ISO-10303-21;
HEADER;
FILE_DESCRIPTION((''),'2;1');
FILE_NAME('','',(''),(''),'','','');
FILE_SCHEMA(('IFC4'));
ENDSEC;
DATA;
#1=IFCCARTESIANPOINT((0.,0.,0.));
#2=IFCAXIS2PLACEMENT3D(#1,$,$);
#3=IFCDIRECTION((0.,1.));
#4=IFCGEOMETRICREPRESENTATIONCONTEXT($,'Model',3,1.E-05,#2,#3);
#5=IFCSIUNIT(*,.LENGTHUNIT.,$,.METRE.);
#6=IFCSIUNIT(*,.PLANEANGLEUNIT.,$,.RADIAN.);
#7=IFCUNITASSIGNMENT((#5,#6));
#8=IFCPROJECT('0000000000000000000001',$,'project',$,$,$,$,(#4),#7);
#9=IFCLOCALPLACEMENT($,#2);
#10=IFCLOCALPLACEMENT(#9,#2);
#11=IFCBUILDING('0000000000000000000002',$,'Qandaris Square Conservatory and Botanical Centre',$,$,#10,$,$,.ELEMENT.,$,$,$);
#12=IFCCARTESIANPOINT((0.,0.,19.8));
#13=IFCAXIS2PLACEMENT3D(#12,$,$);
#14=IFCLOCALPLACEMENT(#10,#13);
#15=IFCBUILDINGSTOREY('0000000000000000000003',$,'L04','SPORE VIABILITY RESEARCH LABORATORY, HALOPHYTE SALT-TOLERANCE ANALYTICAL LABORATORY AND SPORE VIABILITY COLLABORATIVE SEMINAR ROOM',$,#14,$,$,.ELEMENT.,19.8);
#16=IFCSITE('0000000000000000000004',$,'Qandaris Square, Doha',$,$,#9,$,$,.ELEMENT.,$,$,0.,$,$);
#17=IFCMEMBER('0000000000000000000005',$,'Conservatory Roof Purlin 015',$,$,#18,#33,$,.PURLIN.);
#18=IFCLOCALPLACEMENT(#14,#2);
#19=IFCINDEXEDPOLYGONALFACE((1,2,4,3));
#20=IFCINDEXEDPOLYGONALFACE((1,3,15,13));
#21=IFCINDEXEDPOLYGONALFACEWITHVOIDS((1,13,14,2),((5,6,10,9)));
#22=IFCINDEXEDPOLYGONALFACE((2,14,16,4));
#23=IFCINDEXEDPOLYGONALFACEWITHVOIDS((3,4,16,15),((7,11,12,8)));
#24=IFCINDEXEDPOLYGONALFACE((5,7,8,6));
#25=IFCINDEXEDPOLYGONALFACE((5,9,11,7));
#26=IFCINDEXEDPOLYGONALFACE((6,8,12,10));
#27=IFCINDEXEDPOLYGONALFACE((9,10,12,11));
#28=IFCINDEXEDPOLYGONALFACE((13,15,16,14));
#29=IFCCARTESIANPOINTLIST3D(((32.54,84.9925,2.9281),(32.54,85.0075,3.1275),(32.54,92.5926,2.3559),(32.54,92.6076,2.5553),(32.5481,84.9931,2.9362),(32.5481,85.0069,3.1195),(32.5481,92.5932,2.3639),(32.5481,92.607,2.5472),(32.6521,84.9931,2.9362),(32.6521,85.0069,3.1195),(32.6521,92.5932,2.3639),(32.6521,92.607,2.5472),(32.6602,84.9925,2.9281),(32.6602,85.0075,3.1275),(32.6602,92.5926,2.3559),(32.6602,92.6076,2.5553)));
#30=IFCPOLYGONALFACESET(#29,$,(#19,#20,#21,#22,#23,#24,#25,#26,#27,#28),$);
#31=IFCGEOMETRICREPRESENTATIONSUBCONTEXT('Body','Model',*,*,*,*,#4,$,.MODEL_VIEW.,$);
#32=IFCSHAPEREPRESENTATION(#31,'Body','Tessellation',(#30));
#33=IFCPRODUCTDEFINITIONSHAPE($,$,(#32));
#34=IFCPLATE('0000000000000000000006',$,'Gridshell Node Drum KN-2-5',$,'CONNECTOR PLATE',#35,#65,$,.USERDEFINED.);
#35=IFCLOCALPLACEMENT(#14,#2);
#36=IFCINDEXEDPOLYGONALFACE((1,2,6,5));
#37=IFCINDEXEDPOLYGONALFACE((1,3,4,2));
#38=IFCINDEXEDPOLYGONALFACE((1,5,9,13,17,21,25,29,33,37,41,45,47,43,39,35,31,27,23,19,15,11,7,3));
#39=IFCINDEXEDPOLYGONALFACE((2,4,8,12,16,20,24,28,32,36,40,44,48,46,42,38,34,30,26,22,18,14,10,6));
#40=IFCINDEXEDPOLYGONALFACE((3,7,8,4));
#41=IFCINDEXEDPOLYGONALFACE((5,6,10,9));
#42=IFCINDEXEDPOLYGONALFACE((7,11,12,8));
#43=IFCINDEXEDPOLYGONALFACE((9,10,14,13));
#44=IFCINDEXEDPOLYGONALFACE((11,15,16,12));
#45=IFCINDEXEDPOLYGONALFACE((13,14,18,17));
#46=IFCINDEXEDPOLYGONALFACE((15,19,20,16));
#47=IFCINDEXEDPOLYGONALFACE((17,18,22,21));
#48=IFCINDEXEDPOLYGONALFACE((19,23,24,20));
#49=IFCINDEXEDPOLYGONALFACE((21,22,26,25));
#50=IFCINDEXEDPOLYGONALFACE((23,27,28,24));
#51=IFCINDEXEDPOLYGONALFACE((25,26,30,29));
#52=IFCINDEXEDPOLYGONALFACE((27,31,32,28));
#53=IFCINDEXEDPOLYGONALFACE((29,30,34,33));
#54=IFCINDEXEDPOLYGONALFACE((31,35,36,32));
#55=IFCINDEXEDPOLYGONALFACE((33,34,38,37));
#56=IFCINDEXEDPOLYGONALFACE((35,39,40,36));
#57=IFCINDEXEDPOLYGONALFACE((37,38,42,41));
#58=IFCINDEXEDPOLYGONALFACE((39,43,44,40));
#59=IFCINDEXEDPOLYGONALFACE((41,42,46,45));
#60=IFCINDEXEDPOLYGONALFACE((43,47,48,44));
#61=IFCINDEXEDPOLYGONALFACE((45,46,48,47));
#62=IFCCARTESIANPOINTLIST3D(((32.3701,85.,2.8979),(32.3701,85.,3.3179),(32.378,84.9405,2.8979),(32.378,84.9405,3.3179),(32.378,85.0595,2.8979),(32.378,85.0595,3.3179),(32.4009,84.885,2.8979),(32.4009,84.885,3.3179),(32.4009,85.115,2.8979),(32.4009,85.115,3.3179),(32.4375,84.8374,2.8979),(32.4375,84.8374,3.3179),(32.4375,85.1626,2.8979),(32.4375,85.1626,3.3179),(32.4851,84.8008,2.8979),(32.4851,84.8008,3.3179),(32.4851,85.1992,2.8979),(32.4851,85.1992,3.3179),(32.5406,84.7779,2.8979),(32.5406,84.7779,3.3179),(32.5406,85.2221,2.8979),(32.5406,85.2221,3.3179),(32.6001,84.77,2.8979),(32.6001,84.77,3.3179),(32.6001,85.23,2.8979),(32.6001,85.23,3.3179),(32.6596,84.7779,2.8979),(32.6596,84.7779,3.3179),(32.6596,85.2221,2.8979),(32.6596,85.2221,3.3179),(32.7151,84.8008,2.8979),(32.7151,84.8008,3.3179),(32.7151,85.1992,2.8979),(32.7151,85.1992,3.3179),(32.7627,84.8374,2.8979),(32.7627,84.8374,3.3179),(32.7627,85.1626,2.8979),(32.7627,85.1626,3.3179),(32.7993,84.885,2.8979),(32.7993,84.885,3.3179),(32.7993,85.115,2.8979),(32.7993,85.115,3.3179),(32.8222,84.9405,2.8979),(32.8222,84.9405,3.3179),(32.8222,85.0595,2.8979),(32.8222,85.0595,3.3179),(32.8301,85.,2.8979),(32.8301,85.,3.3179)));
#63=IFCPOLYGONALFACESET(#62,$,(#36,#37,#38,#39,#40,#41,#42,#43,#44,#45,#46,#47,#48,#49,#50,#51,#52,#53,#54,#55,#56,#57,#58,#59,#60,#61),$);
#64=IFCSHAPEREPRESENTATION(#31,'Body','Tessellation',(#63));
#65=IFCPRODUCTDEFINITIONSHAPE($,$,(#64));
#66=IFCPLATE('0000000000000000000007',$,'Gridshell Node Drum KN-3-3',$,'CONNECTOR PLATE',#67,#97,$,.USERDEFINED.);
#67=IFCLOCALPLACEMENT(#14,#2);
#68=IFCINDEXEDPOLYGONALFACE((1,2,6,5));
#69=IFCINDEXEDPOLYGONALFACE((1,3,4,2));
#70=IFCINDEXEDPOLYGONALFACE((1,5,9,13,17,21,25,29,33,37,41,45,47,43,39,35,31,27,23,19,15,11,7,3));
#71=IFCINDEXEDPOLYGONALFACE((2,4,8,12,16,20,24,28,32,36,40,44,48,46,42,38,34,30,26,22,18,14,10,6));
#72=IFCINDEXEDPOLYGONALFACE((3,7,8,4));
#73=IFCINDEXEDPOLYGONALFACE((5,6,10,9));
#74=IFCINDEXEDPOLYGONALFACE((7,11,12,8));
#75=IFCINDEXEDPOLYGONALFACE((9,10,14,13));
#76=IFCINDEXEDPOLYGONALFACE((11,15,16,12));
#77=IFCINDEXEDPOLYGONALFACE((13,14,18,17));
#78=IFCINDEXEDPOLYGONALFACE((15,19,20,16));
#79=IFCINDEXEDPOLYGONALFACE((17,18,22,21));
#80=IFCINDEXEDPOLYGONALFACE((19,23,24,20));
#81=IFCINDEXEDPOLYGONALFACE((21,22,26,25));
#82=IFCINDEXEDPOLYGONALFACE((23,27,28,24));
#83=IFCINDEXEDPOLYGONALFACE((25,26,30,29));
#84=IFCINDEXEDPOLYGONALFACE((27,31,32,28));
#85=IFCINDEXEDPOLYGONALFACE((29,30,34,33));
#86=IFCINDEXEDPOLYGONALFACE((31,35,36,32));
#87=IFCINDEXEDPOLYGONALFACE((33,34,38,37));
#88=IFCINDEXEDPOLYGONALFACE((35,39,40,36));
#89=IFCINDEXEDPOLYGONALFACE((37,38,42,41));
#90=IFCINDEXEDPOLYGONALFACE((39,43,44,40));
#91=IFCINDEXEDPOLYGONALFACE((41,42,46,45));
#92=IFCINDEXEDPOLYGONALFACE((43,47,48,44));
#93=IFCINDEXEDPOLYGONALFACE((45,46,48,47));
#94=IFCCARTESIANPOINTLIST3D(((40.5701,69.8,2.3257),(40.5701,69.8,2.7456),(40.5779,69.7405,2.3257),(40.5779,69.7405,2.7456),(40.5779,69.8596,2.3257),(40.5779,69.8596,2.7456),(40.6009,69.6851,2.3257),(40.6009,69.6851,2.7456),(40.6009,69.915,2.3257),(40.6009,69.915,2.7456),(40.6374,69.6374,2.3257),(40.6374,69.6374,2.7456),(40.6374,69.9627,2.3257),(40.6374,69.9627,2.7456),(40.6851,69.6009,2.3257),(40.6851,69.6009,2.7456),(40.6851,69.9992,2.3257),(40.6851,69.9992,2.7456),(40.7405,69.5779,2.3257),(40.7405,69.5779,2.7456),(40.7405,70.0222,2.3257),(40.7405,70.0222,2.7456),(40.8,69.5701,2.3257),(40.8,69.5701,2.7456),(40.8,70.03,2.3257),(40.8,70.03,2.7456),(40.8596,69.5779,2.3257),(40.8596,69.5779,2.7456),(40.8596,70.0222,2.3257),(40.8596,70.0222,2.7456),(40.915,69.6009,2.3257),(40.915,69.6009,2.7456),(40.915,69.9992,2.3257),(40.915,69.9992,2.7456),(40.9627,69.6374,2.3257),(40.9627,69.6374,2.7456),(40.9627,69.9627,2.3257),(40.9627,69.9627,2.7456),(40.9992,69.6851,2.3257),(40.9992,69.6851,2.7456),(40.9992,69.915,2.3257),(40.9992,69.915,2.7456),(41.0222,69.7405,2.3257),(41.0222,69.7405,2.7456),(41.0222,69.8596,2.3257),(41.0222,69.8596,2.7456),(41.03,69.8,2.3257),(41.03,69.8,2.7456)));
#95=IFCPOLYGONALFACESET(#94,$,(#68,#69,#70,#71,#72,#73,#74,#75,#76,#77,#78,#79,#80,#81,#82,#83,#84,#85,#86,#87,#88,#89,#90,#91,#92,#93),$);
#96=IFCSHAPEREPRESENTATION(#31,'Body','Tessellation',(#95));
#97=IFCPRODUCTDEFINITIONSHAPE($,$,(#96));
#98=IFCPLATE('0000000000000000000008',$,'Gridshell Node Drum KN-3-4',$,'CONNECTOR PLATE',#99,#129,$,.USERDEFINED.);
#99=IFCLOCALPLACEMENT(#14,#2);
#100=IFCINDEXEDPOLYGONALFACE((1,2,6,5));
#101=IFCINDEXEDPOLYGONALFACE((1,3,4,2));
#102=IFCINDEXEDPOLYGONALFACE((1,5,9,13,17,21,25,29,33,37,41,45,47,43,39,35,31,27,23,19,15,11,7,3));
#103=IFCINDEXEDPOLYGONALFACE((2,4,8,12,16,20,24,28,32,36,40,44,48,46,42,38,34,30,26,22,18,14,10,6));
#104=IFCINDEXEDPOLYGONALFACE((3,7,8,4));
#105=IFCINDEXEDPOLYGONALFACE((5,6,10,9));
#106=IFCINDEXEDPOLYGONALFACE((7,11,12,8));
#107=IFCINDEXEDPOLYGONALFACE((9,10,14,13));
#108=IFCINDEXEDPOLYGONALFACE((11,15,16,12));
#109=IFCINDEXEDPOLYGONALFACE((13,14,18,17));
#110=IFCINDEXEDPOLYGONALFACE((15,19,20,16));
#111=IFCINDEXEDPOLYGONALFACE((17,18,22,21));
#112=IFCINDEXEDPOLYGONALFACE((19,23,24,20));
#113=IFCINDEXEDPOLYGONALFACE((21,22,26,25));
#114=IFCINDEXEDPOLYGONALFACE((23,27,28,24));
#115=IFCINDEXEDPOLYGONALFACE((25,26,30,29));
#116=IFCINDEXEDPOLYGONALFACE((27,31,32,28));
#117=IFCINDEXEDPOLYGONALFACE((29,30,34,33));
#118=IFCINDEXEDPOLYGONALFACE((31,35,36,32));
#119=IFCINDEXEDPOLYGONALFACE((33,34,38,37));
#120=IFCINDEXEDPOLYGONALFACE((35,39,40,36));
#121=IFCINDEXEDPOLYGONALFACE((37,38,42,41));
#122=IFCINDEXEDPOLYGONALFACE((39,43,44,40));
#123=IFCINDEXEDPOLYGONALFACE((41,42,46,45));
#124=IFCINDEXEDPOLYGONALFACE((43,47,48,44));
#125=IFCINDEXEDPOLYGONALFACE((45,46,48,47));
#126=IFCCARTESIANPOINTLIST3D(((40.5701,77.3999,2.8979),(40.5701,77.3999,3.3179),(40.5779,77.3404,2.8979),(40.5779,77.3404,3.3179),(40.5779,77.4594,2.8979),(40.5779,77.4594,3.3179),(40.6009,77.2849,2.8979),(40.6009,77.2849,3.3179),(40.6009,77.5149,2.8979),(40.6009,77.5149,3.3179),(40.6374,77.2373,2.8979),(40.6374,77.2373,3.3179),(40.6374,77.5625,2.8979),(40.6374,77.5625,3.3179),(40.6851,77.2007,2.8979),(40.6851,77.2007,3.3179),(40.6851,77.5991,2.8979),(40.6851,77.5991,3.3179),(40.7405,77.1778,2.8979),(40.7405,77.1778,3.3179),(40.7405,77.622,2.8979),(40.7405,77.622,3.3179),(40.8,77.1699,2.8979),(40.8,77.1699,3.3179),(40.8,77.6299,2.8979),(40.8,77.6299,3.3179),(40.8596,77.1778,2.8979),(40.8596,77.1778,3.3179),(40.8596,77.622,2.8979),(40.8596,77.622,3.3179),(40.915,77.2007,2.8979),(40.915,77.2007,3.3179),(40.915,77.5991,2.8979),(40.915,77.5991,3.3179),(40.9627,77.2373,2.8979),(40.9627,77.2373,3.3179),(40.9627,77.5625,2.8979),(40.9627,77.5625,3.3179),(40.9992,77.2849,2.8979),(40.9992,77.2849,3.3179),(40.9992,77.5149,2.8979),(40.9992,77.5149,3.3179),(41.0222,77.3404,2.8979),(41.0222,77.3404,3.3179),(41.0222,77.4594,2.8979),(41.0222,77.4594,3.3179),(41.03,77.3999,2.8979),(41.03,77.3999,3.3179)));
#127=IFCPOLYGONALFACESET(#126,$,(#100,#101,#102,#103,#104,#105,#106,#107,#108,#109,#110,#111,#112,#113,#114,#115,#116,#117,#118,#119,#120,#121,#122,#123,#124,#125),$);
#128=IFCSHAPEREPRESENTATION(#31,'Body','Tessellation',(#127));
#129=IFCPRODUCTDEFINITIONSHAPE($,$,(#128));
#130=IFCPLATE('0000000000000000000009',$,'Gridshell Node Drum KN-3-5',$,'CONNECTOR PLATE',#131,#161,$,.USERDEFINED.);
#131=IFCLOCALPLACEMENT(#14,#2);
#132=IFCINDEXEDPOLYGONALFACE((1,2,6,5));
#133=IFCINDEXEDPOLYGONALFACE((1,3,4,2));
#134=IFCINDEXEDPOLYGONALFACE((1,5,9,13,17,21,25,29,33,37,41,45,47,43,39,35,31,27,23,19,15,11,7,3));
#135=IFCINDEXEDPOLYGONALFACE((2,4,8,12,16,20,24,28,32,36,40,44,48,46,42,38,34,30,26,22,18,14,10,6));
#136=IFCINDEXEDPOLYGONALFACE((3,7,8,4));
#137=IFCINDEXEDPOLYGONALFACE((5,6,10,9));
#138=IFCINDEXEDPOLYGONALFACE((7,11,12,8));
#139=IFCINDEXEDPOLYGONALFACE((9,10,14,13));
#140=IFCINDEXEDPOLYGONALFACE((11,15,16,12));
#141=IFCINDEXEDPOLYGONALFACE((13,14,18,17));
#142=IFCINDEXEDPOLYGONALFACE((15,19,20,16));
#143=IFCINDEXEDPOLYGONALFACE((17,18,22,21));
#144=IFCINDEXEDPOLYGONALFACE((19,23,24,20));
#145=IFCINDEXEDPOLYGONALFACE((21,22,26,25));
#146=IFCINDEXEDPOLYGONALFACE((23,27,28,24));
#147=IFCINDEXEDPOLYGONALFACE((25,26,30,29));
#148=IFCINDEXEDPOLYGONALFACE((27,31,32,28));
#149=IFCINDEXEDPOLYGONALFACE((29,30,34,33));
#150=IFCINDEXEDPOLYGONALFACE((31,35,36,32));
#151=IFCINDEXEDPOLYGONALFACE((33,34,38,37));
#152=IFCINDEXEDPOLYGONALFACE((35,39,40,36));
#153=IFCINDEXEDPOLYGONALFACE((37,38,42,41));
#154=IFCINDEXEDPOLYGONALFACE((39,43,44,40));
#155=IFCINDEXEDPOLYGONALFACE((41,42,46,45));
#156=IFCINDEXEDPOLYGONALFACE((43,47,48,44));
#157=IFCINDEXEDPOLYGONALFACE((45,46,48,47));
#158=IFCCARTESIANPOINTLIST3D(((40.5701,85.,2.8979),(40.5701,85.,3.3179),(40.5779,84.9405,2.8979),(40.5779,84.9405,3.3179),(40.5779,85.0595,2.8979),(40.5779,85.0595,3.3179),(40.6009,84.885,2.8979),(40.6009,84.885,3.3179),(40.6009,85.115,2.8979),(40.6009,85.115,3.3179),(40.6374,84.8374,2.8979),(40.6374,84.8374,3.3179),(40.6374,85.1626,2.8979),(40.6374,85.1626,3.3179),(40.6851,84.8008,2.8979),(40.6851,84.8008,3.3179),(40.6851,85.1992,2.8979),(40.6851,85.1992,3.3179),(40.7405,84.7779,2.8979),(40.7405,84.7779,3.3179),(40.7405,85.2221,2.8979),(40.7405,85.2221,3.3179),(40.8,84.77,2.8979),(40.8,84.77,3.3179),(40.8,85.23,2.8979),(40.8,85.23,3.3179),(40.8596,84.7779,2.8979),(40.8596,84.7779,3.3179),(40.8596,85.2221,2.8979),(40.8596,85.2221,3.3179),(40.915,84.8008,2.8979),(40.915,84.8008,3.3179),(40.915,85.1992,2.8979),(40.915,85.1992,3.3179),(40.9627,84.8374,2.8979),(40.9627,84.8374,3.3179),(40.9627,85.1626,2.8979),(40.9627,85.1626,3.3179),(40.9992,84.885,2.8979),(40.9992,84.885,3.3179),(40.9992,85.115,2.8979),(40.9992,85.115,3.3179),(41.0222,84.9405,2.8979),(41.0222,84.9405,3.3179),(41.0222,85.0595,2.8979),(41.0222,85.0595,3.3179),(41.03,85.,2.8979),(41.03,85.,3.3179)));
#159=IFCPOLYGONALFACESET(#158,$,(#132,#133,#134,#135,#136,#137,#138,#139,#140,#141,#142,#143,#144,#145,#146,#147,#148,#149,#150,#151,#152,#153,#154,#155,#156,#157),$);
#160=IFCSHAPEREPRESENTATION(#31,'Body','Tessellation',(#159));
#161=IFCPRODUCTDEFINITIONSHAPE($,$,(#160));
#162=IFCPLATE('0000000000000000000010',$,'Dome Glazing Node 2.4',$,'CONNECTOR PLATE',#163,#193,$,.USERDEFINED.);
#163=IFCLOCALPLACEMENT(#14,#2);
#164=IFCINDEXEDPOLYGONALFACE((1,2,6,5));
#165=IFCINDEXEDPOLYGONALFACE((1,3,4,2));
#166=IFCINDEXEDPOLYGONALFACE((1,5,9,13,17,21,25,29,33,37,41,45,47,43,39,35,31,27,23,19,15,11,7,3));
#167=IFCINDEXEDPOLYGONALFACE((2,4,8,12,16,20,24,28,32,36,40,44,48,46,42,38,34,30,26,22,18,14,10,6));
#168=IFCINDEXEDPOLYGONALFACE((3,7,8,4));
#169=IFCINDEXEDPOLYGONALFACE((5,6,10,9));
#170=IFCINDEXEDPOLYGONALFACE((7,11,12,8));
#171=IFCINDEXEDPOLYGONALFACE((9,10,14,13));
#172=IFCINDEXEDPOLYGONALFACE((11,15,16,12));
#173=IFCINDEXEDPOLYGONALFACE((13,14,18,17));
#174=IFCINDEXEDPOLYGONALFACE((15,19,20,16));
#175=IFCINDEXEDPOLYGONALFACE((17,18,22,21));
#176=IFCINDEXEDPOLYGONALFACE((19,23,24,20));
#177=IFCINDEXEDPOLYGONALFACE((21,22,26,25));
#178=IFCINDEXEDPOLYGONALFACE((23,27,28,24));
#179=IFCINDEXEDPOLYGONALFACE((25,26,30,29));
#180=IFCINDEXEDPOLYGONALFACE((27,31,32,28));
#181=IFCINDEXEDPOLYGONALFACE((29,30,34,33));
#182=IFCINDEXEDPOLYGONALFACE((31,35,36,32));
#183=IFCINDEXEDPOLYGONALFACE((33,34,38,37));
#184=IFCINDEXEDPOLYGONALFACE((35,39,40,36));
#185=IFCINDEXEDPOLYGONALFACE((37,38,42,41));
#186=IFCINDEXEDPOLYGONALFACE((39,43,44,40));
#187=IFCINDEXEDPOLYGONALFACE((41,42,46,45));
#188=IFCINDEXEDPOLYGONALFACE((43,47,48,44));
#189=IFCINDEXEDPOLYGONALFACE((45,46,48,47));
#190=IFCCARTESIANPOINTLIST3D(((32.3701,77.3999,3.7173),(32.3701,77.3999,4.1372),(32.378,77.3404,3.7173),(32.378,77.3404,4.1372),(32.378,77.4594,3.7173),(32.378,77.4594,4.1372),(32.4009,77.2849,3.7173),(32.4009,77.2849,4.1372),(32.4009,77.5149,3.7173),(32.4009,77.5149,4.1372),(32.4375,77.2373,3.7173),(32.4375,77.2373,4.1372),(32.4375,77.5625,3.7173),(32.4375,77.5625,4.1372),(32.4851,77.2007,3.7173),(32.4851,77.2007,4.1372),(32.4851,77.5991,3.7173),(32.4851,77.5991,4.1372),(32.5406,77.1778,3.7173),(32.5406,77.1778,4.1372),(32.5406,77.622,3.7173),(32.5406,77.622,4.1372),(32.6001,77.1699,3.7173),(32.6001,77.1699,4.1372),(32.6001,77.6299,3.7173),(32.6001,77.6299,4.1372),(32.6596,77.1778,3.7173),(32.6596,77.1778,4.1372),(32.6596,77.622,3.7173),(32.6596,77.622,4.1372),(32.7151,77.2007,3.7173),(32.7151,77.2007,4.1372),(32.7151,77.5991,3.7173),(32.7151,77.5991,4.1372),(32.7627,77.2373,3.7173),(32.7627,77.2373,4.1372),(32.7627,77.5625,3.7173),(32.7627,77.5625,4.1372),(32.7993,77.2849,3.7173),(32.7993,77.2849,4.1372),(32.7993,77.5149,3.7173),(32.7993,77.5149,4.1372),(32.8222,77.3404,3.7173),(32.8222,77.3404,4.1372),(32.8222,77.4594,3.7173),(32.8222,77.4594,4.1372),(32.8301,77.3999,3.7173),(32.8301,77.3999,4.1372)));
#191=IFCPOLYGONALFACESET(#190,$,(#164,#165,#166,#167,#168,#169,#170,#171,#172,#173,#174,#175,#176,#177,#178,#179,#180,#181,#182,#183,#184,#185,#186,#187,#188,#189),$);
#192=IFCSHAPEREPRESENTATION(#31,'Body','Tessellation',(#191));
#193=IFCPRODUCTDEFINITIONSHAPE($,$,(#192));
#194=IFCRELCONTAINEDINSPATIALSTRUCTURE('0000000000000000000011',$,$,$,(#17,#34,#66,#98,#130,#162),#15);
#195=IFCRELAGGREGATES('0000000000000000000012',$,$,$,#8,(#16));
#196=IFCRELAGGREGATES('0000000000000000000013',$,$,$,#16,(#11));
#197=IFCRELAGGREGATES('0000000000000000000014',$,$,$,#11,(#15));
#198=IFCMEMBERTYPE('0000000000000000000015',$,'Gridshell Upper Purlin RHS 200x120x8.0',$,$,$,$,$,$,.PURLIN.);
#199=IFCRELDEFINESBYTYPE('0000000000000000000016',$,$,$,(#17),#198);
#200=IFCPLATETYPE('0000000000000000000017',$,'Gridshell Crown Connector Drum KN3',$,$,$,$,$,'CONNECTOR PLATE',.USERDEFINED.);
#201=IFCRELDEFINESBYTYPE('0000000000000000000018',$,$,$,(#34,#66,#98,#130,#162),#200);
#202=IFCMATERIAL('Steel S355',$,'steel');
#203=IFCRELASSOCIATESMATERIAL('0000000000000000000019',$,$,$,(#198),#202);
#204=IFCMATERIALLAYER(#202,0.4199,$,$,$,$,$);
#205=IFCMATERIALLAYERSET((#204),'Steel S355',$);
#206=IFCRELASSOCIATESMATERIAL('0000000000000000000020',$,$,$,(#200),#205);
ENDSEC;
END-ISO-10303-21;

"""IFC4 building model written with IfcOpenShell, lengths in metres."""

from ifc_helpers import new_model, si_unit, direction, frame, origin, origin_2d, place, context, subcontext, project, spatial, hollow_rectangle, circle, extrude, material, layer, layer_set, material_profile, profile_set, type_object, element, save


model = new_model("IFC4")

# Units and contexts
model_context = context("Model", 3, precision=1e-05, world=origin(), true_north=direction((0.0, 1.0)))
body_context = subcontext(model_context, "Body", "Model", "MODEL_VIEW")
ifc_project = project(units=[si_unit("LENGTHUNIT", "METRE"), si_unit("PLANEANGLEUNIT", "RADIAN")], contexts=[model_context])

# Site, building, storey
site_placement = place(None, origin())
site = spatial("IfcSite", under=ifc_project, at=site_placement, Name="Qandaris Square, Doha", CompositionType="ELEMENT", RefElevation=0.0)
building_placement = place(site_placement, origin())
building = spatial("IfcBuilding", under=site, at=building_placement, Name="Qandaris Square Conservatory and Botanical Centre", CompositionType="ELEMENT")
storey_placement = place(building_placement, frame((0.0, 0.0, 19.8)))
storey = spatial("IfcBuildingStorey", under=building, at=storey_placement, Name="L04", Description="SPORE VIABILITY RESEARCH LABORATORY, HALOPHYTE SALT-TOLERANCE ANALYTICAL LABORATORY AND SPORE VIABILITY COLLABORATIVE SEMINAR ROOM", CompositionType="ELEMENT", Elevation=19.8)

# Member
ifc_material = material(Name="Steel S355", Category="steel")
ifc_material_profile_1 = material_profile(ifc_material, hollow_rectangle(XDim=0.1201, YDim=0.2, WallThickness=0.0081, at=origin_2d()), Name="RHS 200x120x8.0")
ifc_profile_set_1 = profile_set([ifc_material_profile_1], Name="Steel S355")
member_type_1 = type_object("IfcMemberType", Name="Gridshell Upper Purlin RHS 200x120x8.0", PredefinedType="PURLIN", material=ifc_profile_set_1)
member_1_placement = place(storey_placement, frame((32.6001, 85.0, 3.0278), z_axis=(0.0, 0.997177, -0.075085), x_axis=(-1.0, 0.0, 0.0)))
element("IfcMember", 1, at=member_1_placement, inside=storey, type_object=member_type_1, Name="Conservatory Roof Purlin 015", PredefinedType="PURLIN", context=body_context, shape_type="SweptSolid", body=[
    extrude(hollow_rectangle(XDim=0.1201, YDim=0.2, WallThickness=0.0081, at=origin_2d()), origin(), (0.0, 0.0, 1.0), 7.6216),
])

# Plates
ifc_layer_1 = layer(ifc_material, 0.4199)
ifc_layer_set_1 = layer_set([ifc_layer_1], Name="Steel S355")
plate_type = type_object("IfcPlateType", Name="Gridshell Crown Connector Drum KN3", ElementType="CONNECTOR PLATE", PredefinedType="USERDEFINED", material=ifc_layer_set_1)
for number, where, z_axis, x_axis, name in (
    (2, (32.6001, 85.0, 2.8979), (0.0, 0.0, 1.0), (1.0, 0.0, 0.0), "Gridshell Node Drum KN-2-5"),
    (3, (40.8, 69.8, 2.3257), (0.0, 0.0, 1.0), (1.0, 0.0, 0.0), "Gridshell Node Drum KN-3-3"),
    (4, (40.8, 77.3999, 2.8979), (0.0, 0.0, 1.0), (1.0, 0.0, 0.0), "Gridshell Node Drum KN-3-4"),
    (5, (40.8, 85.0, 2.8979), (0.0, 0.0, 1.0), (1.0, 0.0, 0.0), "Gridshell Node Drum KN-3-5"),
    (6, (32.6001, 77.3999, 3.7173), (0.0, 0.0, 1.0), (1.0, 0.0, 0.0), "Dome Glazing Node 2.4"),
):
    element("IfcPlate", number, at=place(storey_placement, frame(where, z_axis=z_axis, x_axis=x_axis)), inside=storey, type_object=plate_type, Name=name, ObjectType="CONNECTOR PLATE", PredefinedType="USERDEFINED", context=body_context, shape_type="SweptSolid", body=[
        extrude(circle(Radius=0.23, at=origin_2d()), origin(), (0.0, 0.0, 1.0), 0.4199),
    ])

save(model, "model.ifc")
